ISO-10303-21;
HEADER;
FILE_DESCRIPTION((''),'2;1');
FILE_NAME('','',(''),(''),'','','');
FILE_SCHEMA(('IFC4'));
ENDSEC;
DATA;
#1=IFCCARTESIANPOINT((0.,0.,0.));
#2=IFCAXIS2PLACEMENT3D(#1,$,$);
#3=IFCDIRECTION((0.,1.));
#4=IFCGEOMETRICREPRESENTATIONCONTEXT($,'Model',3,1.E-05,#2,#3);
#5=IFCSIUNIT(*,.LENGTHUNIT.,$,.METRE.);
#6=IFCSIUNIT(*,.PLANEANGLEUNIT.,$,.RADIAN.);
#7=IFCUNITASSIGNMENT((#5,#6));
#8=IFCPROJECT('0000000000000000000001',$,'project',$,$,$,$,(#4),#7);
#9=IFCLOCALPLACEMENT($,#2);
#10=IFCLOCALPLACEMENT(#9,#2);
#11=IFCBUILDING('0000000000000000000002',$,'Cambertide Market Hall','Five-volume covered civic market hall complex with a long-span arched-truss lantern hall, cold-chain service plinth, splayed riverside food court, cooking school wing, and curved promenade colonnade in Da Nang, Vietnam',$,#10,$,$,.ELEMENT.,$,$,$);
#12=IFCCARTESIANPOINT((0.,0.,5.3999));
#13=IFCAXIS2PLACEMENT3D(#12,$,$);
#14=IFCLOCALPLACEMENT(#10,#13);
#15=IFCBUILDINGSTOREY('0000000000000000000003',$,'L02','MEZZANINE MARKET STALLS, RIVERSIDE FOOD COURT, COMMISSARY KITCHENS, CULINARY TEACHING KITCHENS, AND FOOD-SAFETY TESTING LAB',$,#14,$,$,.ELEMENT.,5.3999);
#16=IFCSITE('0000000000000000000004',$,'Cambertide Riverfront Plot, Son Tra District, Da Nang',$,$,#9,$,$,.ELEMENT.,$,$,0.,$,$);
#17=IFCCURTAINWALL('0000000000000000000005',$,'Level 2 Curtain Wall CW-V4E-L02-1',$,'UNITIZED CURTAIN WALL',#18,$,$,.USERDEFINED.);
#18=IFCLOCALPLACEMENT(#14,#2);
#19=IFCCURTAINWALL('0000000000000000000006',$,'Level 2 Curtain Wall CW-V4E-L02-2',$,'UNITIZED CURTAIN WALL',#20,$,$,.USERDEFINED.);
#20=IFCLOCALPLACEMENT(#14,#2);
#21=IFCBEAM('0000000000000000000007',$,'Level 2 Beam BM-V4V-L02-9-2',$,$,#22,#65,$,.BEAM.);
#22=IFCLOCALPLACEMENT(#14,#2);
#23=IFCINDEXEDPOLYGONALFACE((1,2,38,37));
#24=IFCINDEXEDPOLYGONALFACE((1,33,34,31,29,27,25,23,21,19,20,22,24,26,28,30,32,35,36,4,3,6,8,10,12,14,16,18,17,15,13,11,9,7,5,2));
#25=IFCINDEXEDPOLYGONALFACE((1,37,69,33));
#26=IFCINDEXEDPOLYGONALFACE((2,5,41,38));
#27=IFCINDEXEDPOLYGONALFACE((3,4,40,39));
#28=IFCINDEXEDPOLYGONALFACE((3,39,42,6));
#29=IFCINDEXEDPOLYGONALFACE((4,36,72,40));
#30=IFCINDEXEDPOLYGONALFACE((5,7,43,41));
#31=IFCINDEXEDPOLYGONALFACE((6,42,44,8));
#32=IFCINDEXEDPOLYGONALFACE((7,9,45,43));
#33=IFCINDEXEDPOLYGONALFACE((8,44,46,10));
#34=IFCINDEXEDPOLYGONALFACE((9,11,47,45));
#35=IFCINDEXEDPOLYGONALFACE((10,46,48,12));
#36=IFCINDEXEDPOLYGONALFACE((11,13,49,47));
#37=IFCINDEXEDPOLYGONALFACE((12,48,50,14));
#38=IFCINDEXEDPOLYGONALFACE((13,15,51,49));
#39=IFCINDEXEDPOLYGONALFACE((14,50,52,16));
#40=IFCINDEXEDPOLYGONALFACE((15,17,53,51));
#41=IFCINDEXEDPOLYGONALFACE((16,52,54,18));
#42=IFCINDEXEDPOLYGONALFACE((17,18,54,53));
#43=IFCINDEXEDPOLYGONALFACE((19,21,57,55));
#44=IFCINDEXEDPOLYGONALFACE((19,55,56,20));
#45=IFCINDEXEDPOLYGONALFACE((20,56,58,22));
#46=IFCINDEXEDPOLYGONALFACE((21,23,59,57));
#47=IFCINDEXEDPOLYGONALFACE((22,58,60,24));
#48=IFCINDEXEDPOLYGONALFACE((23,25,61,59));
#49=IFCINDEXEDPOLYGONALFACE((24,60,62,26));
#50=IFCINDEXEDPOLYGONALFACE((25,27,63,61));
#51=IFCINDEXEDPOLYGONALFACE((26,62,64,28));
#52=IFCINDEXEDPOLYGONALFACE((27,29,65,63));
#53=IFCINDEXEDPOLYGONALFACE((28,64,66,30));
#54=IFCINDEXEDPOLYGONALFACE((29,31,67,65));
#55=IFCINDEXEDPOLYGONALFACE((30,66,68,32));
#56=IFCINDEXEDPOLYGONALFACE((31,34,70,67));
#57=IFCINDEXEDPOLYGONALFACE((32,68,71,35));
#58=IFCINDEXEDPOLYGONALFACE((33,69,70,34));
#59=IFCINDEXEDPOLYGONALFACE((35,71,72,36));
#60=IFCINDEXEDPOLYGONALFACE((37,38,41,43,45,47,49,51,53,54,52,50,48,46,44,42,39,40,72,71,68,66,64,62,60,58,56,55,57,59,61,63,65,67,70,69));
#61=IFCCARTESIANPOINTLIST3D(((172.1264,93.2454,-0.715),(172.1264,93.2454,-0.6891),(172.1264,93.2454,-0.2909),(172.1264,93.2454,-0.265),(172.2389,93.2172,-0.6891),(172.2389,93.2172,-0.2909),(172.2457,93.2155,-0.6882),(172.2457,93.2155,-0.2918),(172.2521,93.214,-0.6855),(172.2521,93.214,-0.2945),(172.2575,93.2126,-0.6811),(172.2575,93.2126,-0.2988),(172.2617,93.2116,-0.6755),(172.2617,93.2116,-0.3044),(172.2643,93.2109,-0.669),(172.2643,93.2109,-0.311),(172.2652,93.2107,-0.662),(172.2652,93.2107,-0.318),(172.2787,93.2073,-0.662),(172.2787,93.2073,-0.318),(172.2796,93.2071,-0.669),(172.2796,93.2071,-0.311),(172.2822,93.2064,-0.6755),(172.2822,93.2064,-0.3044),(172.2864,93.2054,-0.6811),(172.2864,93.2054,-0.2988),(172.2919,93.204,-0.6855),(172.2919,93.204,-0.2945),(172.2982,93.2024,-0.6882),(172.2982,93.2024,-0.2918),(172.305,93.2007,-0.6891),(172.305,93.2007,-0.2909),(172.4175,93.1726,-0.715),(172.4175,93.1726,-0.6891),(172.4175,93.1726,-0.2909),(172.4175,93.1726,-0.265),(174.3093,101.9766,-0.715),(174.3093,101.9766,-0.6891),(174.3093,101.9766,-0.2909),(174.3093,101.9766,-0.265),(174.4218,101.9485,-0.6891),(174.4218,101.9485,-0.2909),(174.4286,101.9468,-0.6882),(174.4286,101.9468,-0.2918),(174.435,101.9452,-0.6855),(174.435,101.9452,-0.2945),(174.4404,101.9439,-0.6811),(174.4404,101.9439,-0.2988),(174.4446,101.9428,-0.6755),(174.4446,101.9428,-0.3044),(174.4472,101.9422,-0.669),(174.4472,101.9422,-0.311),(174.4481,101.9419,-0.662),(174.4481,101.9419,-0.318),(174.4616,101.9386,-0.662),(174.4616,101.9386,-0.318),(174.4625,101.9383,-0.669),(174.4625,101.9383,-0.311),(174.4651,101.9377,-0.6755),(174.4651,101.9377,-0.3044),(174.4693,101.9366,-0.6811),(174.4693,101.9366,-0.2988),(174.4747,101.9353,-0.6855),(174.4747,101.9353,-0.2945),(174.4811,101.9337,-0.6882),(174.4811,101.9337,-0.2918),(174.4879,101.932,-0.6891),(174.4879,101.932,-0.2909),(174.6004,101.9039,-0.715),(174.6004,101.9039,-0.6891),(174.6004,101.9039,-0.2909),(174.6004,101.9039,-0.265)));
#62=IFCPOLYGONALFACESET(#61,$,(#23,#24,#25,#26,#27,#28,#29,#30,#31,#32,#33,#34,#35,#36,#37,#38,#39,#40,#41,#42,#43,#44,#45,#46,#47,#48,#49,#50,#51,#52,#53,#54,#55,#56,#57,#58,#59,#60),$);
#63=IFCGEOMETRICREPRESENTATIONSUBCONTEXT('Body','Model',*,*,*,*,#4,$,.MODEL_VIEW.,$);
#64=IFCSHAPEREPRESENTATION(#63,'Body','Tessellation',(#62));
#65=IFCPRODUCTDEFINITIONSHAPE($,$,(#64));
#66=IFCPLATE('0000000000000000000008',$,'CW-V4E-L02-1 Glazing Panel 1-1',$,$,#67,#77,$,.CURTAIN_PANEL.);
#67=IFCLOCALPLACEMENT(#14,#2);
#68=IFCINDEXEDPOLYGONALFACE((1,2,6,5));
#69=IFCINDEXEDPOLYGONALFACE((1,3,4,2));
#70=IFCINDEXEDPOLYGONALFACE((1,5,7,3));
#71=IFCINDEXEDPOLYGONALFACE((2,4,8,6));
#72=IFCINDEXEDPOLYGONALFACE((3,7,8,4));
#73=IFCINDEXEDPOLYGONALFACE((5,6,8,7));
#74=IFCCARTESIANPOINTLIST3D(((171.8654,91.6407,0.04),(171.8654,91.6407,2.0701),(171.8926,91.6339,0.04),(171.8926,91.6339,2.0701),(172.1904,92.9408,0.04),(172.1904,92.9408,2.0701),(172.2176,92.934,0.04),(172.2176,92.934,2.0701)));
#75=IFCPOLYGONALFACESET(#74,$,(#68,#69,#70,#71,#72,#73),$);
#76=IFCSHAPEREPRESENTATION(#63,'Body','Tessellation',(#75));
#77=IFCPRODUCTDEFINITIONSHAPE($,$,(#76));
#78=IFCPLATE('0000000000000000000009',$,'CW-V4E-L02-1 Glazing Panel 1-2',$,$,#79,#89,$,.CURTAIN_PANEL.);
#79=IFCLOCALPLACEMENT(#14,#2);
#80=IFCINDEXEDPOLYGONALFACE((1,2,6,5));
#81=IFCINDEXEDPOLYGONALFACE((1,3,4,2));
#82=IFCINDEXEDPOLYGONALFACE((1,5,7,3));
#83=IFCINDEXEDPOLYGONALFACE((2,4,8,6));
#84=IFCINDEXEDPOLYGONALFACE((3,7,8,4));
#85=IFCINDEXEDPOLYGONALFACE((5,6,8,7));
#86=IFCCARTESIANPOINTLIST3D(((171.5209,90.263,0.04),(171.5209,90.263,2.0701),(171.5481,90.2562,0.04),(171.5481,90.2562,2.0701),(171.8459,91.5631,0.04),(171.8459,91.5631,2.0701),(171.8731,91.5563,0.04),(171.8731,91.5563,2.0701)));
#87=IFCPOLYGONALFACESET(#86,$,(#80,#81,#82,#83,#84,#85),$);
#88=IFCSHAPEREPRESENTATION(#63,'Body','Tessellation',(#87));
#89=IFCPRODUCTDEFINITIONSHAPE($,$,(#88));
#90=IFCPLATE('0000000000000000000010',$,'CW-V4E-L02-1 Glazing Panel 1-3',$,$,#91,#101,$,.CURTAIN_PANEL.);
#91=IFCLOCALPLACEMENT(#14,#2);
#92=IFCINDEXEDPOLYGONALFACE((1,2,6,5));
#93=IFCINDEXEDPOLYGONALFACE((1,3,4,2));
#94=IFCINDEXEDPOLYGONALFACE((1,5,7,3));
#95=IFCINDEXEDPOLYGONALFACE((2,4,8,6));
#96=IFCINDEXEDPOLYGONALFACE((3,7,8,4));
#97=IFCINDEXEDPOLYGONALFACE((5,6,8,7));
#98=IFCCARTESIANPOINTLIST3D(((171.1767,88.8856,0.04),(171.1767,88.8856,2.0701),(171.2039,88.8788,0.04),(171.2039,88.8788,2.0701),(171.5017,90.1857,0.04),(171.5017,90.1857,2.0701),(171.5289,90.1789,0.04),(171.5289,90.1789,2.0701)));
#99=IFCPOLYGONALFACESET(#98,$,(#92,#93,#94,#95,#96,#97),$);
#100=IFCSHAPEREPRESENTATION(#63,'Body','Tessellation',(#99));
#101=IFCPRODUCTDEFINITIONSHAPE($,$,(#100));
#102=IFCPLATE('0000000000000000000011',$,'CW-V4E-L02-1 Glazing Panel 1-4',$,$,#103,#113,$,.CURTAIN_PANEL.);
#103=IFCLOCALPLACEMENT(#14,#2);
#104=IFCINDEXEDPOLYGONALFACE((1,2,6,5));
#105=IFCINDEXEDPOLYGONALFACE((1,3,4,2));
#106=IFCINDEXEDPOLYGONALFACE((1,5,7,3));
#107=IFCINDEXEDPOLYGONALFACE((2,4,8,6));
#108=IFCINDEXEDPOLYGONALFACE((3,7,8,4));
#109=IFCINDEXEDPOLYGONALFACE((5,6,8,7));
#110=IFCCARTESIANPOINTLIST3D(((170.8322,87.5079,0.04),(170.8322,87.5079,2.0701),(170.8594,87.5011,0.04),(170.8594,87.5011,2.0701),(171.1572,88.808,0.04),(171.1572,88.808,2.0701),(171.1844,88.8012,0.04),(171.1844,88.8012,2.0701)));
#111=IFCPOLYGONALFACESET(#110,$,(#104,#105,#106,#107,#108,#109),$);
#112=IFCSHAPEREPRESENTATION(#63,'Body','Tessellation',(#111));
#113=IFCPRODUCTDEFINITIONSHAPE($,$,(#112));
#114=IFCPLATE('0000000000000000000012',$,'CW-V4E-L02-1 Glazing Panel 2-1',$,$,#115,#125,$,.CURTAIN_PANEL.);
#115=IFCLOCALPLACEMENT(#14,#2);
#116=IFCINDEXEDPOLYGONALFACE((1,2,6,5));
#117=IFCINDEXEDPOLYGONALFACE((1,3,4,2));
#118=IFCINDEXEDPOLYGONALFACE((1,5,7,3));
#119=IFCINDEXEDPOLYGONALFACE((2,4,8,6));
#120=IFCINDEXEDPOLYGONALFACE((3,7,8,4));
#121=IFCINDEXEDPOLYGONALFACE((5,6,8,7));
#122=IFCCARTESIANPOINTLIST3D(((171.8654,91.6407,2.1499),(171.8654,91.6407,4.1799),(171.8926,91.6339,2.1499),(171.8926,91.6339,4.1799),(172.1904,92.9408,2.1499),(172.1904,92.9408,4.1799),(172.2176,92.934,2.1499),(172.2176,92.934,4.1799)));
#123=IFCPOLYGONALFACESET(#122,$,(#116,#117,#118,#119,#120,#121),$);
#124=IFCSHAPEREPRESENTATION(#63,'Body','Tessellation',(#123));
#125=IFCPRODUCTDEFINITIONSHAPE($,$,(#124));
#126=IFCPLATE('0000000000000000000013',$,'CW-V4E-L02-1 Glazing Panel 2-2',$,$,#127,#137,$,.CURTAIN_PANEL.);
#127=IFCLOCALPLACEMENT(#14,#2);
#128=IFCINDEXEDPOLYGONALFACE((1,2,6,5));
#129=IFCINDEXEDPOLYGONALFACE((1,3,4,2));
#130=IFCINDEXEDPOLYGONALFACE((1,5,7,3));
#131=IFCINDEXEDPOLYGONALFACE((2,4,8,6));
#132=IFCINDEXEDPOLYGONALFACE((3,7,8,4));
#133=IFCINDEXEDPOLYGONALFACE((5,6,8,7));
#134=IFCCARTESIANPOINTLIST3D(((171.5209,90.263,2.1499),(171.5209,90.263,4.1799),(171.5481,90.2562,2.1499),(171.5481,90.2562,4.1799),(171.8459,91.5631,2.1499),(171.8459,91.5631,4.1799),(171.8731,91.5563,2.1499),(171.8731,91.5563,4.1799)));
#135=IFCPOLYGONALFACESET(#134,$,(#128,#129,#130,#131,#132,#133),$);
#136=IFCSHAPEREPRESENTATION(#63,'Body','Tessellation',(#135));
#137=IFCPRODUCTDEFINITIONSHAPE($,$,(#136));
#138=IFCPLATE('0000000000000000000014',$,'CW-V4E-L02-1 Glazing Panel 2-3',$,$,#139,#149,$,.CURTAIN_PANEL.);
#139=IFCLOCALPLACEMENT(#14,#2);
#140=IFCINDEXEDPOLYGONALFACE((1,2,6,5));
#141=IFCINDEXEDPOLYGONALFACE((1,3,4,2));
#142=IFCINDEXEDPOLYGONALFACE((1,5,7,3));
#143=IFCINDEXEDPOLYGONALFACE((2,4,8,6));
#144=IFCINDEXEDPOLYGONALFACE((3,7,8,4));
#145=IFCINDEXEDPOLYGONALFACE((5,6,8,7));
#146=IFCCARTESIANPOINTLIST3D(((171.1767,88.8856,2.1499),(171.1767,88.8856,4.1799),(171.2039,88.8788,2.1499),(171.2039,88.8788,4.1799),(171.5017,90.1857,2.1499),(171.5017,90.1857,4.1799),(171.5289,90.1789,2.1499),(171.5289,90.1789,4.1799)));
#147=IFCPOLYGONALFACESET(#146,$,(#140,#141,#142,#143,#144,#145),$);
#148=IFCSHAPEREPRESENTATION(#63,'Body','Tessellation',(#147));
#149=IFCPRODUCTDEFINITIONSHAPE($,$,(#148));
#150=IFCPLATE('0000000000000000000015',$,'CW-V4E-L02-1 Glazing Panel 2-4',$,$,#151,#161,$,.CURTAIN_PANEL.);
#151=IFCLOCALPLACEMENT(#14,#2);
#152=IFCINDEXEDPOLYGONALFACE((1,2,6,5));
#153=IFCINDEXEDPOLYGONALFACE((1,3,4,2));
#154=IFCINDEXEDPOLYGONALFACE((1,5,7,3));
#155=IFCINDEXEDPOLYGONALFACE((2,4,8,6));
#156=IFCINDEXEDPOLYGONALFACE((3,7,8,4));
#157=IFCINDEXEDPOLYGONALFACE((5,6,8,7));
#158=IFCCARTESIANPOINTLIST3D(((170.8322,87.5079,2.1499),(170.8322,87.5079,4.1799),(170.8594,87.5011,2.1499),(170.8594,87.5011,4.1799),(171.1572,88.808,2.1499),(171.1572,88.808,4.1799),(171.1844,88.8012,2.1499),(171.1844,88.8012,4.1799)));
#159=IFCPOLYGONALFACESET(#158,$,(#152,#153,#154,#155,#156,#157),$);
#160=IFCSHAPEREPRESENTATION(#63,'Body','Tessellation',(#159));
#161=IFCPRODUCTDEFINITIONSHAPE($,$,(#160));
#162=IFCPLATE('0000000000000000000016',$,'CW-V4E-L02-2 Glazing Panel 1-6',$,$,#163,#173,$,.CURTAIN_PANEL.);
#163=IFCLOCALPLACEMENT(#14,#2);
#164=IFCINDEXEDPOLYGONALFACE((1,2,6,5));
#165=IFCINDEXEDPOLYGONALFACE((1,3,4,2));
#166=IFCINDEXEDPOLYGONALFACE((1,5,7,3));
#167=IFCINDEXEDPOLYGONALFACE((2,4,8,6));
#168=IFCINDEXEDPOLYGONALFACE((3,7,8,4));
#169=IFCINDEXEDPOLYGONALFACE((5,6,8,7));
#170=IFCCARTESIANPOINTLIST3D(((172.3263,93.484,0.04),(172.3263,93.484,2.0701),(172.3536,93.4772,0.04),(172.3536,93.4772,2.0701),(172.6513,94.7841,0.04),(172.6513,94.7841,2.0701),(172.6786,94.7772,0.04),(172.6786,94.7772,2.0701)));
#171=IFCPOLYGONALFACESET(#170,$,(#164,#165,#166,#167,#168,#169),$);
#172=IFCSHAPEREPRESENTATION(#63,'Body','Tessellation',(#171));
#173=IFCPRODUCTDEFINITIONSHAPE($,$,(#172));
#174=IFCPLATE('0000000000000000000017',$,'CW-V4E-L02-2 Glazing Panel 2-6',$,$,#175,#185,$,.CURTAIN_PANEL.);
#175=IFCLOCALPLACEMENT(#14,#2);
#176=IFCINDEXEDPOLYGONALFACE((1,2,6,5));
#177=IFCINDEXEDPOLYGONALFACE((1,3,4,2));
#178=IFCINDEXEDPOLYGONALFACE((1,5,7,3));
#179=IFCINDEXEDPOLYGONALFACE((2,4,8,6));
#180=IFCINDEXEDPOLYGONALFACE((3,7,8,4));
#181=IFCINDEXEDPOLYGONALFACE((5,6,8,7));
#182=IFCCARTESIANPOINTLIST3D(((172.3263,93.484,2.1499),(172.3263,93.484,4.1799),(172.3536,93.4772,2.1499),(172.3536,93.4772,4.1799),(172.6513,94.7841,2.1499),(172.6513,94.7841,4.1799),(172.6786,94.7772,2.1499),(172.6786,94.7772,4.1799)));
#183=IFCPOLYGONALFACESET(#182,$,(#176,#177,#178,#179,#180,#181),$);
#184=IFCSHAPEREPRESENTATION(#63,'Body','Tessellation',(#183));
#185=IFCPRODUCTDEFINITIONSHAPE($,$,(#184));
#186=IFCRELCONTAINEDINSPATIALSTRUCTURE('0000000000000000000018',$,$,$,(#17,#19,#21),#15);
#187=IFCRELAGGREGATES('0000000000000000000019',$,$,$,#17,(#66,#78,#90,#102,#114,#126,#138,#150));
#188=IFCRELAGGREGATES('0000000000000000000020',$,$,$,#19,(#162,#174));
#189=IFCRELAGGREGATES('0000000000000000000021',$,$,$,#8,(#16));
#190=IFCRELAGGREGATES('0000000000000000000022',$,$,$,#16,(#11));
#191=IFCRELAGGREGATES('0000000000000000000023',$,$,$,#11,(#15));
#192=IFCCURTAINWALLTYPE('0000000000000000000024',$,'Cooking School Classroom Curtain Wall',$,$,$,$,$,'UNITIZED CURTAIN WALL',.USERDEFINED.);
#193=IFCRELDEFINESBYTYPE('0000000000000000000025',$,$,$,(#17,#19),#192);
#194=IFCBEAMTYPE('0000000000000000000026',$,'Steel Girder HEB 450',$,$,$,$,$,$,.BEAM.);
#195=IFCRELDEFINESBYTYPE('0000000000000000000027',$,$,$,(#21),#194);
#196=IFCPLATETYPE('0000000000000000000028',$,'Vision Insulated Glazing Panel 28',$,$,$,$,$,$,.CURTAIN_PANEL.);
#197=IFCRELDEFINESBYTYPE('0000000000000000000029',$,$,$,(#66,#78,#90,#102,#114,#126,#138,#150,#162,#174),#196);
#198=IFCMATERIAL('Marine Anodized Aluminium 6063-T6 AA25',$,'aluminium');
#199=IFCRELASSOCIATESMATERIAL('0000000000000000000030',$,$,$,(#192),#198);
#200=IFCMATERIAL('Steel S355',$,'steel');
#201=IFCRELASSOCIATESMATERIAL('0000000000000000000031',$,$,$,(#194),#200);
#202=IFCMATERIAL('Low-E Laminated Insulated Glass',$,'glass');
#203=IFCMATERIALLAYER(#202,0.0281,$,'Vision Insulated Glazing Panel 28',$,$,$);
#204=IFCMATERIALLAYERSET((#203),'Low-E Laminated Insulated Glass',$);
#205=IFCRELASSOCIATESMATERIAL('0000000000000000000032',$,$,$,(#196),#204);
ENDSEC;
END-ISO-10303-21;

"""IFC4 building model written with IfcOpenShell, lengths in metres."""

from ifc_helpers import new_model, si_unit, direction, frame, origin, origin_2d, place, context, subcontext, project, spatial, rectangle, i_section, extrude, material, layer, layer_set, material_profile, profile_set, type_object, element, aggregate, save


model = new_model("IFC4")

# Units and contexts
model_context = context("Model", 3, precision=1e-05, world=origin(), true_north=direction((0.0, 1.0)))
body_context = subcontext(model_context, "Body", "Model", "MODEL_VIEW")
ifc_project = project(units=[si_unit("LENGTHUNIT", "METRE"), si_unit("PLANEANGLEUNIT", "RADIAN")], contexts=[model_context])

# Site, building, storey
site_placement = place(None, origin())
site = spatial("IfcSite", under=ifc_project, at=site_placement, Name="Cambertide Riverfront Plot, Son Tra District, Da Nang", CompositionType="ELEMENT", RefElevation=0.0)
building_placement = place(site_placement, origin())
building = spatial("IfcBuilding", under=site, at=building_placement, Name="Cambertide Market Hall", Description="Five-volume covered civic market hall complex with a long-span arched-truss lantern hall, cold-chain service plinth, splayed riverside food court, cooking school wing, and curved promenade colonnade in Da Nang, Vietnam", CompositionType="ELEMENT")
storey_placement = place(building_placement, frame((0.0, 0.0, 5.3999)))
storey = spatial("IfcBuildingStorey", under=building, at=storey_placement, Name="L02", Description="MEZZANINE MARKET STALLS, RIVERSIDE FOOD COURT, COMMISSARY KITCHENS, CULINARY TEACHING KITCHENS, AND FOOD-SAFETY TESTING LAB", CompositionType="ELEMENT", Elevation=5.3999)

# Curtain wall
ifc_material_1 = material(Name="Marine Anodized Aluminium 6063-T6 AA25", Category="aluminium")
curtain_wall_type = type_object("IfcCurtainWallType", Name="Cooking School Classroom Curtain Wall", ElementType="UNITIZED CURTAIN WALL", PredefinedType="USERDEFINED", material=ifc_material_1)
curtain_wall_1_placement = place(storey_placement, origin())
curtain_wall_1 = element("IfcCurtainWall", 1, at=curtain_wall_1_placement, inside=storey, type_object=curtain_wall_type, Name="Level 2 Curtain Wall CW-V4E-L02-1", ObjectType="UNITIZED CURTAIN WALL", PredefinedType="USERDEFINED")

# Curtain wall
curtain_wall_2_placement = place(storey_placement, origin())
curtain_wall_2 = element("IfcCurtainWall", 2, at=curtain_wall_2_placement, inside=storey, type_object=curtain_wall_type, Name="Level 2 Curtain Wall CW-V4E-L02-2", ObjectType="UNITIZED CURTAIN WALL", PredefinedType="USERDEFINED")

# Beam
ifc_material_2 = material(Name="Steel S355", Category="steel")
ifc_material_profile_1 = material_profile(ifc_material_2, i_section(OverallWidth=0.3, OverallDepth=0.45, WebThickness=0.0139, FlangeThickness=0.0259, FilletRadius=0.0271, at=origin_2d()), Name="HEB 450")
ifc_profile_set_1 = profile_set([ifc_material_profile_1], Name="Steel S355")
beam_type = type_object("IfcBeamType", Name="Steel Girder HEB 450", PredefinedType="BEAM", material=ifc_profile_set_1)
beam_placement = place(storey_placement, frame((172.272, 93.209, -0.49), z_axis=(0.242542, 0.970141, 0.0), x_axis=(-0.970141, 0.242542, 0.0)))
element("IfcBeam", 3, at=beam_placement, inside=storey, type_object=beam_type, Name="Level 2 Beam BM-V4V-L02-9-2", PredefinedType="BEAM", context=body_context, shape_type="SweptSolid", body=[
    extrude(i_section(OverallWidth=0.3, OverallDepth=0.45, WebThickness=0.0139, FlangeThickness=0.0259, FilletRadius=0.0271, at=origin_2d()), origin(), (0.0, 0.0, 1.0), 9.0),
])

# Plates
ifc_material_3 = material(Name="Low-E Laminated Insulated Glass", Category="glass")
ifc_layer = layer(ifc_material_3, 0.0281, Name="Vision Insulated Glazing Panel 28")
ifc_layer_set = layer_set([ifc_layer], Name="Low-E Laminated Insulated Glass")
plate_type = type_object("IfcPlateType", Name="Vision Insulated Glazing Panel 28", PredefinedType="CURTAIN_PANEL", material=ifc_layer_set)
plate_1_placement = place(storey_placement, frame((172.0415, 92.2874, 0.04), z_axis=(0.0, 0.0, 1.0), x_axis=(-0.242536, -0.970143, 0.0)))
plate_1 = element("IfcPlate", 4, at=plate_1_placement, type_object=plate_type, Name="CW-V4E-L02-1 Glazing Panel 1-1", PredefinedType="CURTAIN_PANEL", context=body_context, shape_type="SweptSolid", body=[
    extrude(rectangle(XDim=1.3401, YDim=0.0281, at=origin_2d()), origin(), (0.0, 0.0, 1.0), 2.03),
])
plate_2_placement = place(storey_placement, frame((171.697, 90.9097, 0.04), z_axis=(0.0, 0.0, 1.0), x_axis=(-0.242536, -0.970143, 0.0)))
plate_2 = element("IfcPlate", 5, at=plate_2_placement, type_object=plate_type, Name="CW-V4E-L02-1 Glazing Panel 1-2", PredefinedType="CURTAIN_PANEL", context=body_context, shape_type="SweptSolid", body=[
    extrude(rectangle(XDim=1.3401, YDim=0.0281, at=origin_2d()), origin(), (0.0, 0.0, 1.0), 2.03),
])
plate_3_placement = place(storey_placement, frame((171.3528, 89.5322, 0.04), z_axis=(0.0, 0.0, 1.0), x_axis=(-0.242536, -0.970143, 0.0)))
plate_3 = element("IfcPlate", 6, at=plate_3_placement, type_object=plate_type, Name="CW-V4E-L02-1 Glazing Panel 1-3", PredefinedType="CURTAIN_PANEL", context=body_context, shape_type="SweptSolid", body=[
    extrude(rectangle(XDim=1.3401, YDim=0.0281, at=origin_2d()), origin(), (0.0, 0.0, 1.0), 2.03),
])
plate_4_placement = place(storey_placement, frame((171.0083, 88.1545, 0.04), z_axis=(0.0, 0.0, 1.0), x_axis=(-0.242536, -0.970143, 0.0)))
plate_4 = element("IfcPlate", 7, at=plate_4_placement, type_object=plate_type, Name="CW-V4E-L02-1 Glazing Panel 1-4", PredefinedType="CURTAIN_PANEL", context=body_context, shape_type="SweptSolid", body=[
    extrude(rectangle(XDim=1.3401, YDim=0.0281, at=origin_2d()), origin(), (0.0, 0.0, 1.0), 2.03),
])
plate_5_placement = place(storey_placement, frame((172.0415, 92.2874, 2.1499), z_axis=(0.0, 0.0, 1.0), x_axis=(-0.242536, -0.970143, 0.0)))
plate_5 = element("IfcPlate", 8, at=plate_5_placement, type_object=plate_type, Name="CW-V4E-L02-1 Glazing Panel 2-1", PredefinedType="CURTAIN_PANEL", context=body_context, shape_type="SweptSolid", body=[
    extrude(rectangle(XDim=1.3401, YDim=0.0281, at=origin_2d()), origin(), (0.0, 0.0, 1.0), 2.03),
])
plate_6_placement = place(storey_placement, frame((171.697, 90.9097, 2.1499), z_axis=(0.0, 0.0, 1.0), x_axis=(-0.242536, -0.970143, 0.0)))
plate_6 = element("IfcPlate", 9, at=plate_6_placement, type_object=plate_type, Name="CW-V4E-L02-1 Glazing Panel 2-2", PredefinedType="CURTAIN_PANEL", context=body_context, shape_type="SweptSolid", body=[
    extrude(rectangle(XDim=1.3401, YDim=0.0281, at=origin_2d()), origin(), (0.0, 0.0, 1.0), 2.03),
])
plate_7_placement = place(storey_placement, frame((171.3528, 89.5322, 2.1499), z_axis=(0.0, 0.0, 1.0), x_axis=(-0.242536, -0.970143, 0.0)))
plate_7 = element("IfcPlate", 10, at=plate_7_placement, type_object=plate_type, Name="CW-V4E-L02-1 Glazing Panel 2-3", PredefinedType="CURTAIN_PANEL", context=body_context, shape_type="SweptSolid", body=[
    extrude(rectangle(XDim=1.3401, YDim=0.0281, at=origin_2d()), origin(), (0.0, 0.0, 1.0), 2.03),
])
plate_8_placement = place(storey_placement, frame((171.0083, 88.1545, 2.1499), z_axis=(0.0, 0.0, 1.0), x_axis=(-0.242536, -0.970143, 0.0)))
plate_8 = element("IfcPlate", 11, at=plate_8_placement, type_object=plate_type, Name="CW-V4E-L02-1 Glazing Panel 2-4", PredefinedType="CURTAIN_PANEL", context=body_context, shape_type="SweptSolid", body=[
    extrude(rectangle(XDim=1.3401, YDim=0.0281, at=origin_2d()), origin(), (0.0, 0.0, 1.0), 2.03),
])
aggregate(curtain_wall_1, [plate_1, plate_2, plate_3, plate_4, plate_5, plate_6, plate_7, plate_8])
plate_9_placement = place(storey_placement, frame((172.5024, 94.1306, 0.04), z_axis=(0.0, 0.0, 1.0), x_axis=(-0.242536, -0.970142, 0.0)))
plate_9 = element("IfcPlate", 12, at=plate_9_placement, type_object=plate_type, Name="CW-V4E-L02-2 Glazing Panel 1-6", PredefinedType="CURTAIN_PANEL", context=body_context, shape_type="SweptSolid", body=[
    extrude(rectangle(XDim=1.3401, YDim=0.0281, at=origin_2d()), origin(), (0.0, 0.0, 1.0), 2.03),
])
plate_10_placement = place(storey_placement, frame((172.5024, 94.1306, 2.1499), z_axis=(0.0, 0.0, 1.0), x_axis=(-0.242536, -0.970142, 0.0)))
plate_10 = element("IfcPlate", 13, at=plate_10_placement, type_object=plate_type, Name="CW-V4E-L02-2 Glazing Panel 2-6", PredefinedType="CURTAIN_PANEL", context=body_context, shape_type="SweptSolid", body=[
    extrude(rectangle(XDim=1.3401, YDim=0.0281, at=origin_2d()), origin(), (0.0, 0.0, 1.0), 2.03),
])
aggregate(curtain_wall_2, [plate_9, plate_10])

save(model, "model.ifc")
